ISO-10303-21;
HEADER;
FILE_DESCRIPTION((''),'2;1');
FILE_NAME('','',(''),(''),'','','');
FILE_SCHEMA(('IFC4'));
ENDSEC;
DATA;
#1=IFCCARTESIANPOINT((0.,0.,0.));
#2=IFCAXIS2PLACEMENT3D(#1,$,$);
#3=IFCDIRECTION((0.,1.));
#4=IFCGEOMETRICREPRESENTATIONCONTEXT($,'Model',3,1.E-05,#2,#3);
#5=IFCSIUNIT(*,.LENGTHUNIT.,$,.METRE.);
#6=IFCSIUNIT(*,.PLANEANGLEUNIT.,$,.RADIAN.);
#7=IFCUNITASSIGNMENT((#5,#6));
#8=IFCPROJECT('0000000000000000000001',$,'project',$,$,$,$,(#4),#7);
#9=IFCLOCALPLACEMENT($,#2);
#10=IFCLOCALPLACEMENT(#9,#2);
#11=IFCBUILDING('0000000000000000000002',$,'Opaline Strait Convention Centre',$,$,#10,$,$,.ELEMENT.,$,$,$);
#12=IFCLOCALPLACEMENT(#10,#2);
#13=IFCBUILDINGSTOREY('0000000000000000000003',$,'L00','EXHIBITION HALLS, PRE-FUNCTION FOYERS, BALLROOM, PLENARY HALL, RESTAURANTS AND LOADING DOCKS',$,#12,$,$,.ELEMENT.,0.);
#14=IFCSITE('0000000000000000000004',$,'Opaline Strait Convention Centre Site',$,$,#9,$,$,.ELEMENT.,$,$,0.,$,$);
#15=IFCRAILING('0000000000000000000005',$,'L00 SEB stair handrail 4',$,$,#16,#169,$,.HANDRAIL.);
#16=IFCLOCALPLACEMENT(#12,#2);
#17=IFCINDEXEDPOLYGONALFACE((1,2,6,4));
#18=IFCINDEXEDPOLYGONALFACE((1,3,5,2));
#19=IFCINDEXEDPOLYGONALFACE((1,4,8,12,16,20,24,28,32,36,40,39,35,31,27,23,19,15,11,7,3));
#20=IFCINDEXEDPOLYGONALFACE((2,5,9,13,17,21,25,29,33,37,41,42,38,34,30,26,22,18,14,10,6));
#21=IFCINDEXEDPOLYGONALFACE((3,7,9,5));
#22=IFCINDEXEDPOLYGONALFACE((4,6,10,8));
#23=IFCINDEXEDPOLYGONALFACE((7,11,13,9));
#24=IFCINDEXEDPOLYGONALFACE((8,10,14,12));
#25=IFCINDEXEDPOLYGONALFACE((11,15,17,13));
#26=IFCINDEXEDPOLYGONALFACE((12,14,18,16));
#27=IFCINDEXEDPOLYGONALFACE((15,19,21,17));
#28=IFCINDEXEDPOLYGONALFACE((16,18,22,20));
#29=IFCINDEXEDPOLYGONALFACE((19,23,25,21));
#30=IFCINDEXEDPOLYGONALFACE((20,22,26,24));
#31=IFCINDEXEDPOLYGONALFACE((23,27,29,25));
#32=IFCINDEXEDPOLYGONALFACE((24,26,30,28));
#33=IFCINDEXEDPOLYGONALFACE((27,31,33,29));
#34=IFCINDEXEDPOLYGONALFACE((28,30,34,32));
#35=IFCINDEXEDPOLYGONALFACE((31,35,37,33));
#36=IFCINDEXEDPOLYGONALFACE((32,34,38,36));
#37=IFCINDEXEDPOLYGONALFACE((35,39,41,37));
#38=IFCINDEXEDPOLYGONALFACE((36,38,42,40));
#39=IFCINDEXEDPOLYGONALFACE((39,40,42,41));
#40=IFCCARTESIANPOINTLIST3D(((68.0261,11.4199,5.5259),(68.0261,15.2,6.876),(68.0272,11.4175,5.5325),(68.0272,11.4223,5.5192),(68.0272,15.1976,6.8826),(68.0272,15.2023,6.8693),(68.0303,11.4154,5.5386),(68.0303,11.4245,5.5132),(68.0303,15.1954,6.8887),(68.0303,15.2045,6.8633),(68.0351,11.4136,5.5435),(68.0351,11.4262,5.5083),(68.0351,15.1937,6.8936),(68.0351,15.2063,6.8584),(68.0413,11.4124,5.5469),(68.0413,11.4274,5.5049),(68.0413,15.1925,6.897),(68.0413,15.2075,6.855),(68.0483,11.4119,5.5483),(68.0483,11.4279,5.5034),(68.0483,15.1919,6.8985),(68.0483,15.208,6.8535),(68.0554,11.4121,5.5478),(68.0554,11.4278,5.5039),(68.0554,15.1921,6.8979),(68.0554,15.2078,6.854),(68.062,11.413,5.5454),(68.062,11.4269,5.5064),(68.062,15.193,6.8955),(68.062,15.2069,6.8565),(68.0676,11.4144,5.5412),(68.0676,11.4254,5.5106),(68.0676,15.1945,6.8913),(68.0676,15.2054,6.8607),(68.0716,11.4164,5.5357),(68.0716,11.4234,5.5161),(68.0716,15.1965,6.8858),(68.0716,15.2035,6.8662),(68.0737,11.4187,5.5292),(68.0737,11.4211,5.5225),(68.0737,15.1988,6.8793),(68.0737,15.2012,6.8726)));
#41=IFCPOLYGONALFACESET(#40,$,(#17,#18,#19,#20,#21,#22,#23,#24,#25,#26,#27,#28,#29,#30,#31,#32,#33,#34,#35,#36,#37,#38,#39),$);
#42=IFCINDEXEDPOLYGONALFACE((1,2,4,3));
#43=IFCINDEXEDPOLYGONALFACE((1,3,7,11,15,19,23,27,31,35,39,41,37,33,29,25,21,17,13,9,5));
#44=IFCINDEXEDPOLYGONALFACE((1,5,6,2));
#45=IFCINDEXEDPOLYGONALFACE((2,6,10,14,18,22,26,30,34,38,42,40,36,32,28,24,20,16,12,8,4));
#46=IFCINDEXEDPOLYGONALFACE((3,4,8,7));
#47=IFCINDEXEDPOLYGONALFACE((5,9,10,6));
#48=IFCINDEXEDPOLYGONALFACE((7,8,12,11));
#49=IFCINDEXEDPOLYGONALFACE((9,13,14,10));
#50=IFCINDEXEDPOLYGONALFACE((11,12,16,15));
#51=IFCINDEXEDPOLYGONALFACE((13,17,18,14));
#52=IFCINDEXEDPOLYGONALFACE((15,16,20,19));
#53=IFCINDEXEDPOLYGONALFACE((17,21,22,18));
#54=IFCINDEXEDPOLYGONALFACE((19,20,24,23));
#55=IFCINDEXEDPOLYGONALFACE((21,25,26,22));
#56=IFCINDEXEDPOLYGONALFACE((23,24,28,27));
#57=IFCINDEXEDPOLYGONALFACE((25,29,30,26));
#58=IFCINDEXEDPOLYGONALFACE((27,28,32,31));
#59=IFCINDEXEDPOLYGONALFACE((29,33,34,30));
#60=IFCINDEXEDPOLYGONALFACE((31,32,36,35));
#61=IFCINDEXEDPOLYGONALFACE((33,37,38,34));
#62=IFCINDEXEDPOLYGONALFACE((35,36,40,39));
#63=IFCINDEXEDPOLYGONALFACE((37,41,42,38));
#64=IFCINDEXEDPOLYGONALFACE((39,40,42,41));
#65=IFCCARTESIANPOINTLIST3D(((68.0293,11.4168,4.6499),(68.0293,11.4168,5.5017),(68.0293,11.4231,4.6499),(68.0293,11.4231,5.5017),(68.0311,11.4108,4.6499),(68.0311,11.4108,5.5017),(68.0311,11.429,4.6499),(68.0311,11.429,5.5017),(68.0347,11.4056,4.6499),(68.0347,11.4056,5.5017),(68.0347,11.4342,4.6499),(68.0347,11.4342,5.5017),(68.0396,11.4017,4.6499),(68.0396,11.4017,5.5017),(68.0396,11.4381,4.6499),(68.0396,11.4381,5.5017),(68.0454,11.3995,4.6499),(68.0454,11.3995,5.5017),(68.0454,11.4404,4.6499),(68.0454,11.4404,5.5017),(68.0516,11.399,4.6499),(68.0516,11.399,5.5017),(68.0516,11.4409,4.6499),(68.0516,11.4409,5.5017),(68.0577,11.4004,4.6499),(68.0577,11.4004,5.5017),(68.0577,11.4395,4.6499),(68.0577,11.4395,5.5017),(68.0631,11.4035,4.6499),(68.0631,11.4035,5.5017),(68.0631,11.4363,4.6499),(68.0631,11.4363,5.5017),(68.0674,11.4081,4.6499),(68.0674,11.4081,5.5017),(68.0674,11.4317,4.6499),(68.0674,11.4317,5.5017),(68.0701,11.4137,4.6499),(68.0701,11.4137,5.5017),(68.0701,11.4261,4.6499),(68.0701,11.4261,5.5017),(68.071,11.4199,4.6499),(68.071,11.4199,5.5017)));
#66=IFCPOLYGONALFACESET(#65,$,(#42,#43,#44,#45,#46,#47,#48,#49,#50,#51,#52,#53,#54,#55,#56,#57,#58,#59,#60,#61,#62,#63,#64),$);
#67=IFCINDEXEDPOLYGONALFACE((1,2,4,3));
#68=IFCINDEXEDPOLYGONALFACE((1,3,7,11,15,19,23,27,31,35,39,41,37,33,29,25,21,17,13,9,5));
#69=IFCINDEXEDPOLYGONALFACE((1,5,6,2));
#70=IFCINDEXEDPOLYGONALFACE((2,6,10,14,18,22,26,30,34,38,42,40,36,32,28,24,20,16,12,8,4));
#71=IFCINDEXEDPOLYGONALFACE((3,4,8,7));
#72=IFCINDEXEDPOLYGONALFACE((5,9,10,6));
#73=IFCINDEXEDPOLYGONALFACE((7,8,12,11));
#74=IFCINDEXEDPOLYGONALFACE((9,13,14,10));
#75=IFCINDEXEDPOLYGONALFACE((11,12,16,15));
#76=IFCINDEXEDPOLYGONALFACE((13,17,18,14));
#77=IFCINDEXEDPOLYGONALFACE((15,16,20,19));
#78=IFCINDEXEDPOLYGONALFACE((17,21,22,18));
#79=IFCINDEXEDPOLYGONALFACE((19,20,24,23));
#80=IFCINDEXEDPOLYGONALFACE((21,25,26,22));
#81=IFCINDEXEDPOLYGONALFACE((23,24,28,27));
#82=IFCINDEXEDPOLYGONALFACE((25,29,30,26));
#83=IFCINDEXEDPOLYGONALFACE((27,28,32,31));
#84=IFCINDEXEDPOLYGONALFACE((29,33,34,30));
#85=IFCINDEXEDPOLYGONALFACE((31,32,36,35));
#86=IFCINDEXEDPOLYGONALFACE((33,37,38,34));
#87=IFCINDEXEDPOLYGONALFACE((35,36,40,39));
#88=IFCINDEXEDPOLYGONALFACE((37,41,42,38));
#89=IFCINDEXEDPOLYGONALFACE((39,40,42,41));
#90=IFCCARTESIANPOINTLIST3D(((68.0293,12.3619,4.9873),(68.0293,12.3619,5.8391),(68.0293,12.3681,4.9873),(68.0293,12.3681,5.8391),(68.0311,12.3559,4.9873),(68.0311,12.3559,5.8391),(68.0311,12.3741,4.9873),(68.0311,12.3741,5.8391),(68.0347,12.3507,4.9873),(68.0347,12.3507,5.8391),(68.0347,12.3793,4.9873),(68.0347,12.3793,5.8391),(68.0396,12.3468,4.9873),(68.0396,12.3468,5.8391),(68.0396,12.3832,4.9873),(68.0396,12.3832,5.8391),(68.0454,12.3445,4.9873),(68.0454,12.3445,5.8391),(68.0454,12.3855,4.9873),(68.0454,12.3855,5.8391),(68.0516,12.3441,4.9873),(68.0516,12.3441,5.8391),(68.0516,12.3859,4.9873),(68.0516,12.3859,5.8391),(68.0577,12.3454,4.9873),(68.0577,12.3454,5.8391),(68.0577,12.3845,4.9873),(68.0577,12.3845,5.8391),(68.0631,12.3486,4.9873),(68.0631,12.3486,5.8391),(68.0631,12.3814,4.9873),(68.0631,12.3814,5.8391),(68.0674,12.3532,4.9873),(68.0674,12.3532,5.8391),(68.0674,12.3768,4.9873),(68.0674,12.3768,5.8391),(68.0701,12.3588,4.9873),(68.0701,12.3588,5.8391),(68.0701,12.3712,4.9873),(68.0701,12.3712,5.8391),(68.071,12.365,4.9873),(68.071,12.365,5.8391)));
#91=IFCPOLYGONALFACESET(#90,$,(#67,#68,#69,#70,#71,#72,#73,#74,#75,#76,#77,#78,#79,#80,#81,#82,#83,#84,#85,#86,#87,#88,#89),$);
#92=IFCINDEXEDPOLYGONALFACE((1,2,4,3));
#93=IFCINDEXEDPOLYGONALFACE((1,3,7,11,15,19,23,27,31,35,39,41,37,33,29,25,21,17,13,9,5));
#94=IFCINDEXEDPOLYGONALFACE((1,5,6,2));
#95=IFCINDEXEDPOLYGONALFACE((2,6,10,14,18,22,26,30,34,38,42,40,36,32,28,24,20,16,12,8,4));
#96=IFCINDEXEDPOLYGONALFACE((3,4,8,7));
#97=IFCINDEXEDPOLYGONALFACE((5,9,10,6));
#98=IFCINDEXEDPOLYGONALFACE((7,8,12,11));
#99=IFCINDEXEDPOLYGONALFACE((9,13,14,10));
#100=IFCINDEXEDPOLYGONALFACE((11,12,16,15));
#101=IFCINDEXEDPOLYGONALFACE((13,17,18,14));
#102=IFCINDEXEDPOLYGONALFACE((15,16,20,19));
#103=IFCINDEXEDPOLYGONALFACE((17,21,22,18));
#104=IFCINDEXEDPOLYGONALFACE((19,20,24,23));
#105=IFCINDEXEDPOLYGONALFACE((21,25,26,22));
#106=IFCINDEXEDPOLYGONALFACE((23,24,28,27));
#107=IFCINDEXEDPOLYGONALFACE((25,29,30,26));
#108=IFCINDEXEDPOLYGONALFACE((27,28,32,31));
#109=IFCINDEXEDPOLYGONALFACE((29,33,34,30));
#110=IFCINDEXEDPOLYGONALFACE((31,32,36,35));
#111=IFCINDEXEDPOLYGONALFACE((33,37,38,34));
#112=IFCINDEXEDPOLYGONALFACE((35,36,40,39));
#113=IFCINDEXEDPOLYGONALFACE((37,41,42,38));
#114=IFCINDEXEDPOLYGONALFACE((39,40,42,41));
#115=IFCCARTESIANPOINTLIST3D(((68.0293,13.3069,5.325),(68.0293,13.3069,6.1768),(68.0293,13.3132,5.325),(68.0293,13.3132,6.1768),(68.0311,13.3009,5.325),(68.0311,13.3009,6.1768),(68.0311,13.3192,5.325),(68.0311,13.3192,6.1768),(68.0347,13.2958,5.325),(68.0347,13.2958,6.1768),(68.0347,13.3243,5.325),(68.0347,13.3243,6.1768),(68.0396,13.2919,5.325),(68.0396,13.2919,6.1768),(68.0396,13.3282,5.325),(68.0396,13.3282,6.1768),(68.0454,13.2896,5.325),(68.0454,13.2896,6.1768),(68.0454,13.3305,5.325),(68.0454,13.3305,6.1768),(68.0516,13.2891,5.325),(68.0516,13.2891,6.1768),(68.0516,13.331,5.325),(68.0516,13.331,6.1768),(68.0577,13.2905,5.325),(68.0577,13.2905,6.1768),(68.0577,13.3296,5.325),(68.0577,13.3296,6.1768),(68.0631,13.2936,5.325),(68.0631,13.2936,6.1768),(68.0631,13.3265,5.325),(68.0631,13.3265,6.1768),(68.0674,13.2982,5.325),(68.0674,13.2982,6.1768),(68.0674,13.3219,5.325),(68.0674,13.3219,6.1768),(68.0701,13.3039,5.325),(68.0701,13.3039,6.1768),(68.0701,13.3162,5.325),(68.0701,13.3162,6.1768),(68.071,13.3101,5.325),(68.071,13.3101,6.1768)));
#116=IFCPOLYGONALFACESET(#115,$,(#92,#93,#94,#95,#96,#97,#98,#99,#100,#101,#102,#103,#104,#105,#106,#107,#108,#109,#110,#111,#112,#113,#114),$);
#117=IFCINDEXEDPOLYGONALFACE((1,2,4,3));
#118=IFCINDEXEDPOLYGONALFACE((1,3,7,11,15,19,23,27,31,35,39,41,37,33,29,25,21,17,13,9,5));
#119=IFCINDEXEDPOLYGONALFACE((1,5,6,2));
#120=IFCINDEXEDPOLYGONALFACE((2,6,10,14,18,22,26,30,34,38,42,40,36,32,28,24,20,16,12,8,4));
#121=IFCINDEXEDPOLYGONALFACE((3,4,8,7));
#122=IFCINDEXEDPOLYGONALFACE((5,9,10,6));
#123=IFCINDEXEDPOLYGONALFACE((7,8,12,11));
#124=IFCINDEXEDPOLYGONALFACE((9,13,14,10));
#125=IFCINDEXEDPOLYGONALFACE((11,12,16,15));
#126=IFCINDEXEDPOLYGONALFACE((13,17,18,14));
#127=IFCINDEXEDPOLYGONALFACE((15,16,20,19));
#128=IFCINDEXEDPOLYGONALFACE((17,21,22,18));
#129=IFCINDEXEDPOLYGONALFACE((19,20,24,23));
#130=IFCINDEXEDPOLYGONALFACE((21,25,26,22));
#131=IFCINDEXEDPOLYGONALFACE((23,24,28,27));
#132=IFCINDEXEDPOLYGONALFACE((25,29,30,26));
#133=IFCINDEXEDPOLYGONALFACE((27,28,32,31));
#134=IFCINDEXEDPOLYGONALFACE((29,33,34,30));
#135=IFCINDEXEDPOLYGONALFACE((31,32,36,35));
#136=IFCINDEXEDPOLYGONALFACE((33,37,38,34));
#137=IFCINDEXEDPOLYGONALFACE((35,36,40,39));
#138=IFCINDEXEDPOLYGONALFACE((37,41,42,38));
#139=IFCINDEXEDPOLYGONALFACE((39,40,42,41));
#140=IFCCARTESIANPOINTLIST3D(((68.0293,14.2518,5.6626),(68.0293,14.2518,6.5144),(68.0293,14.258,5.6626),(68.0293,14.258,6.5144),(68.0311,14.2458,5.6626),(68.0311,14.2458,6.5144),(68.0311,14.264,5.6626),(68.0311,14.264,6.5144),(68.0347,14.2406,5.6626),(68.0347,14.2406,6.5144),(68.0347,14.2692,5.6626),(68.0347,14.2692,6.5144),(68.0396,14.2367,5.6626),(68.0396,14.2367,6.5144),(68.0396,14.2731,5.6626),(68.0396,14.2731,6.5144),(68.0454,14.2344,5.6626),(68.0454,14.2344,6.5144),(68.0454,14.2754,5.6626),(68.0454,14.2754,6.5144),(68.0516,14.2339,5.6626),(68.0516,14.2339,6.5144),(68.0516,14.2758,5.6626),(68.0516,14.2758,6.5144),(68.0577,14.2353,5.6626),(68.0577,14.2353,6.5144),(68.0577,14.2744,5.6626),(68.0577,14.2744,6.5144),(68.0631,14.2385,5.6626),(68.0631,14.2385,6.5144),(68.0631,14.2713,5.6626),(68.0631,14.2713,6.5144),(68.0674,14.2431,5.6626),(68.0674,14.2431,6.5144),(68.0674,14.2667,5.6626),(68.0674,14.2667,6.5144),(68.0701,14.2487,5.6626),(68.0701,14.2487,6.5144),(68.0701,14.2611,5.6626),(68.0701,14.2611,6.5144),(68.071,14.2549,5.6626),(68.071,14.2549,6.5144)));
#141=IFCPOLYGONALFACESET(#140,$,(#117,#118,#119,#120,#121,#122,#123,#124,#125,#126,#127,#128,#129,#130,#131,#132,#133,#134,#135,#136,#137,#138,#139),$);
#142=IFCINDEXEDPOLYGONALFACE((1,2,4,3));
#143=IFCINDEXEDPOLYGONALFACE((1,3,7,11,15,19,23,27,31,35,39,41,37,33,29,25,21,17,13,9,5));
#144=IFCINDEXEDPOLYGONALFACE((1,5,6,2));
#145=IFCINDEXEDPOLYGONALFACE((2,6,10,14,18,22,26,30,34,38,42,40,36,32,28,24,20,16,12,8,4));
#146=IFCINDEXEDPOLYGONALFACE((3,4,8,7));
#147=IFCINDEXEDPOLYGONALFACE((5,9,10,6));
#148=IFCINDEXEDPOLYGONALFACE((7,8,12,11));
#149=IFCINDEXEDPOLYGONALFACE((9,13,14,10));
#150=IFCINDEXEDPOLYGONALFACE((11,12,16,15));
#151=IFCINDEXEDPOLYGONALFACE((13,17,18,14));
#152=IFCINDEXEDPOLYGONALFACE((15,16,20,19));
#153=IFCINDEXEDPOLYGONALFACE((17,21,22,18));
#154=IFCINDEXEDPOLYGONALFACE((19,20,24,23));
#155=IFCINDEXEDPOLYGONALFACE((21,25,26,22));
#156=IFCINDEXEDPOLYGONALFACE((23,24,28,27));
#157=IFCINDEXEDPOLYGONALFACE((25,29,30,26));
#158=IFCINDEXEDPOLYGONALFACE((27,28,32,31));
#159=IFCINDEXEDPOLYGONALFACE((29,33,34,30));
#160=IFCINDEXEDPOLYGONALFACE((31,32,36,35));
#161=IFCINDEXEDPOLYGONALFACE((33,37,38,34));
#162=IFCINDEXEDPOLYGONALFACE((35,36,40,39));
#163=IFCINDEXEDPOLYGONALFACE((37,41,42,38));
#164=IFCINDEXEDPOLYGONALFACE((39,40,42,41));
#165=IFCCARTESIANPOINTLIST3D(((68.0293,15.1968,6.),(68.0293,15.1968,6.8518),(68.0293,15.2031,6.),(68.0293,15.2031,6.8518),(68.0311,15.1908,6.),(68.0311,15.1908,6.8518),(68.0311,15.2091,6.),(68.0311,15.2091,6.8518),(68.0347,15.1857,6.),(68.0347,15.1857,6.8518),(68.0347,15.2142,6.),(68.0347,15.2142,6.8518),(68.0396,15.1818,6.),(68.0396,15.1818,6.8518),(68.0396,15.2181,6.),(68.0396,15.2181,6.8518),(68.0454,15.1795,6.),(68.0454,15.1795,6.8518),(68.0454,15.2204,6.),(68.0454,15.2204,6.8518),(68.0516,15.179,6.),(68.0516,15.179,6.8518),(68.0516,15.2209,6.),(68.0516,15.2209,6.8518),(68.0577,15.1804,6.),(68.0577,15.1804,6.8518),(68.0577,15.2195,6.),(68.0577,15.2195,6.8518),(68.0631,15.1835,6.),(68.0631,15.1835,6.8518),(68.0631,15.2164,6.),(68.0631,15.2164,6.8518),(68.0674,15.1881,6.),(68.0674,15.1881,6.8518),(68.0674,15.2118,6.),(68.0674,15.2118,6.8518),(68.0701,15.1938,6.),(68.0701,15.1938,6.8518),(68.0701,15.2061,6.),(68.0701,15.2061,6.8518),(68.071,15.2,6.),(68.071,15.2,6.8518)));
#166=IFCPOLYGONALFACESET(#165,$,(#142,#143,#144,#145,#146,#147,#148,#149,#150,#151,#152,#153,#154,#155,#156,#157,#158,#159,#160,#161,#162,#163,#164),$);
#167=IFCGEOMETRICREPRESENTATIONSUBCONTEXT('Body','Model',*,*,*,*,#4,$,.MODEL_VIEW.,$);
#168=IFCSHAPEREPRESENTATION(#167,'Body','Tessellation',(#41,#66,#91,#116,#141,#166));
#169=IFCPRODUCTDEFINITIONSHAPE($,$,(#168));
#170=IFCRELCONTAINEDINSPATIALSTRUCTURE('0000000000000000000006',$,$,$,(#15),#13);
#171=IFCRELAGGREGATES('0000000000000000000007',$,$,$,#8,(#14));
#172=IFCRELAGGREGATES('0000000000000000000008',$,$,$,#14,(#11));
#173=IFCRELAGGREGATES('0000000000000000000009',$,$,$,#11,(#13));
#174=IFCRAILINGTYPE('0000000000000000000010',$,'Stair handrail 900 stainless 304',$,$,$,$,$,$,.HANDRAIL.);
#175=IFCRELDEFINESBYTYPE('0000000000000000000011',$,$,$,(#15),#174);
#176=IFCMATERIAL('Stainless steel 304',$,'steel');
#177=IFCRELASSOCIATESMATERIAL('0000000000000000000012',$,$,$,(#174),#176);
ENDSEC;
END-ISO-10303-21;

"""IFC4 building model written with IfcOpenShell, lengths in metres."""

from ifc_helpers import new_model, si_unit, direction, frame, origin, origin_2d, place, context, subcontext, project, spatial, circle, extrude, material, type_object, element, save


model = new_model("IFC4")

# Units and contexts
model_context = context("Model", 3, precision=1e-05, world=origin(), true_north=direction((0.0, 1.0)))
body_context = subcontext(model_context, "Body", "Model", "MODEL_VIEW")
ifc_project = project(units=[si_unit("LENGTHUNIT", "METRE"), si_unit("PLANEANGLEUNIT", "RADIAN")], contexts=[model_context])

# Site, building, storey
site_placement = place(None, origin())
site = spatial("IfcSite", under=ifc_project, at=site_placement, Name="Opaline Strait Convention Centre Site", CompositionType="ELEMENT", RefElevation=0.0)
building_placement = place(site_placement, origin())
building = spatial("IfcBuilding", under=site, at=building_placement, Name="Opaline Strait Convention Centre", CompositionType="ELEMENT")
storey_placement = place(building_placement, origin())
storey = spatial("IfcBuildingStorey", under=building, at=storey_placement, Name="L00", Description="EXHIBITION HALLS, PRE-FUNCTION FOYERS, BALLROOM, PLENARY HALL, RESTAURANTS AND LOADING DOCKS", CompositionType="ELEMENT", Elevation=0.0)

# Railing
ifc_material_1 = material(Name="Stainless steel 304", Category="steel")
railing_type_1 = type_object("IfcRailingType", Name="Stair handrail 900 stainless 304", PredefinedType="HANDRAIL", material=ifc_material_1)
railing_1_placement = place(storey_placement, frame((68.05, 11.4199, 4.6499)))
element("IfcRailing", 1, at=railing_1_placement, inside=storey, type_object=railing_type_1, Name="L00 SEB stair handrail 4", PredefinedType="HANDRAIL", context=body_context, shape_type="SweptSolid", body=[
    extrude(circle(Radius=0.0239, at=origin_2d()), frame((0.0, 0.0, 0.876), z_axis=(0.0, 0.941735, 0.336356), x_axis=(-1.0, 0.0, 0.0)), (0.0, 0.0, 1.0), 4.0139),
    extrude(circle(Radius=0.021, at=origin_2d()), origin(), (0.0, 0.0, 1.0), 0.8518),
    extrude(circle(Radius=0.021, at=origin_2d()), frame((0.0, 0.9451, 0.3374)), (0.0, 0.0, 1.0), 0.8518),
    extrude(circle(Radius=0.021, at=origin_2d()), frame((0.0, 1.8901, 0.675)), (0.0, 0.0, 1.0), 0.8518),
    extrude(circle(Radius=0.021, at=origin_2d()), frame((0.0, 2.835, 1.0127)), (0.0, 0.0, 1.0), 0.8518),
    extrude(circle(Radius=0.021, at=origin_2d()), frame((0.0, 3.78, 1.3501)), (0.0, 0.0, 1.0), 0.8518),
])

save(model, "model.ifc")
